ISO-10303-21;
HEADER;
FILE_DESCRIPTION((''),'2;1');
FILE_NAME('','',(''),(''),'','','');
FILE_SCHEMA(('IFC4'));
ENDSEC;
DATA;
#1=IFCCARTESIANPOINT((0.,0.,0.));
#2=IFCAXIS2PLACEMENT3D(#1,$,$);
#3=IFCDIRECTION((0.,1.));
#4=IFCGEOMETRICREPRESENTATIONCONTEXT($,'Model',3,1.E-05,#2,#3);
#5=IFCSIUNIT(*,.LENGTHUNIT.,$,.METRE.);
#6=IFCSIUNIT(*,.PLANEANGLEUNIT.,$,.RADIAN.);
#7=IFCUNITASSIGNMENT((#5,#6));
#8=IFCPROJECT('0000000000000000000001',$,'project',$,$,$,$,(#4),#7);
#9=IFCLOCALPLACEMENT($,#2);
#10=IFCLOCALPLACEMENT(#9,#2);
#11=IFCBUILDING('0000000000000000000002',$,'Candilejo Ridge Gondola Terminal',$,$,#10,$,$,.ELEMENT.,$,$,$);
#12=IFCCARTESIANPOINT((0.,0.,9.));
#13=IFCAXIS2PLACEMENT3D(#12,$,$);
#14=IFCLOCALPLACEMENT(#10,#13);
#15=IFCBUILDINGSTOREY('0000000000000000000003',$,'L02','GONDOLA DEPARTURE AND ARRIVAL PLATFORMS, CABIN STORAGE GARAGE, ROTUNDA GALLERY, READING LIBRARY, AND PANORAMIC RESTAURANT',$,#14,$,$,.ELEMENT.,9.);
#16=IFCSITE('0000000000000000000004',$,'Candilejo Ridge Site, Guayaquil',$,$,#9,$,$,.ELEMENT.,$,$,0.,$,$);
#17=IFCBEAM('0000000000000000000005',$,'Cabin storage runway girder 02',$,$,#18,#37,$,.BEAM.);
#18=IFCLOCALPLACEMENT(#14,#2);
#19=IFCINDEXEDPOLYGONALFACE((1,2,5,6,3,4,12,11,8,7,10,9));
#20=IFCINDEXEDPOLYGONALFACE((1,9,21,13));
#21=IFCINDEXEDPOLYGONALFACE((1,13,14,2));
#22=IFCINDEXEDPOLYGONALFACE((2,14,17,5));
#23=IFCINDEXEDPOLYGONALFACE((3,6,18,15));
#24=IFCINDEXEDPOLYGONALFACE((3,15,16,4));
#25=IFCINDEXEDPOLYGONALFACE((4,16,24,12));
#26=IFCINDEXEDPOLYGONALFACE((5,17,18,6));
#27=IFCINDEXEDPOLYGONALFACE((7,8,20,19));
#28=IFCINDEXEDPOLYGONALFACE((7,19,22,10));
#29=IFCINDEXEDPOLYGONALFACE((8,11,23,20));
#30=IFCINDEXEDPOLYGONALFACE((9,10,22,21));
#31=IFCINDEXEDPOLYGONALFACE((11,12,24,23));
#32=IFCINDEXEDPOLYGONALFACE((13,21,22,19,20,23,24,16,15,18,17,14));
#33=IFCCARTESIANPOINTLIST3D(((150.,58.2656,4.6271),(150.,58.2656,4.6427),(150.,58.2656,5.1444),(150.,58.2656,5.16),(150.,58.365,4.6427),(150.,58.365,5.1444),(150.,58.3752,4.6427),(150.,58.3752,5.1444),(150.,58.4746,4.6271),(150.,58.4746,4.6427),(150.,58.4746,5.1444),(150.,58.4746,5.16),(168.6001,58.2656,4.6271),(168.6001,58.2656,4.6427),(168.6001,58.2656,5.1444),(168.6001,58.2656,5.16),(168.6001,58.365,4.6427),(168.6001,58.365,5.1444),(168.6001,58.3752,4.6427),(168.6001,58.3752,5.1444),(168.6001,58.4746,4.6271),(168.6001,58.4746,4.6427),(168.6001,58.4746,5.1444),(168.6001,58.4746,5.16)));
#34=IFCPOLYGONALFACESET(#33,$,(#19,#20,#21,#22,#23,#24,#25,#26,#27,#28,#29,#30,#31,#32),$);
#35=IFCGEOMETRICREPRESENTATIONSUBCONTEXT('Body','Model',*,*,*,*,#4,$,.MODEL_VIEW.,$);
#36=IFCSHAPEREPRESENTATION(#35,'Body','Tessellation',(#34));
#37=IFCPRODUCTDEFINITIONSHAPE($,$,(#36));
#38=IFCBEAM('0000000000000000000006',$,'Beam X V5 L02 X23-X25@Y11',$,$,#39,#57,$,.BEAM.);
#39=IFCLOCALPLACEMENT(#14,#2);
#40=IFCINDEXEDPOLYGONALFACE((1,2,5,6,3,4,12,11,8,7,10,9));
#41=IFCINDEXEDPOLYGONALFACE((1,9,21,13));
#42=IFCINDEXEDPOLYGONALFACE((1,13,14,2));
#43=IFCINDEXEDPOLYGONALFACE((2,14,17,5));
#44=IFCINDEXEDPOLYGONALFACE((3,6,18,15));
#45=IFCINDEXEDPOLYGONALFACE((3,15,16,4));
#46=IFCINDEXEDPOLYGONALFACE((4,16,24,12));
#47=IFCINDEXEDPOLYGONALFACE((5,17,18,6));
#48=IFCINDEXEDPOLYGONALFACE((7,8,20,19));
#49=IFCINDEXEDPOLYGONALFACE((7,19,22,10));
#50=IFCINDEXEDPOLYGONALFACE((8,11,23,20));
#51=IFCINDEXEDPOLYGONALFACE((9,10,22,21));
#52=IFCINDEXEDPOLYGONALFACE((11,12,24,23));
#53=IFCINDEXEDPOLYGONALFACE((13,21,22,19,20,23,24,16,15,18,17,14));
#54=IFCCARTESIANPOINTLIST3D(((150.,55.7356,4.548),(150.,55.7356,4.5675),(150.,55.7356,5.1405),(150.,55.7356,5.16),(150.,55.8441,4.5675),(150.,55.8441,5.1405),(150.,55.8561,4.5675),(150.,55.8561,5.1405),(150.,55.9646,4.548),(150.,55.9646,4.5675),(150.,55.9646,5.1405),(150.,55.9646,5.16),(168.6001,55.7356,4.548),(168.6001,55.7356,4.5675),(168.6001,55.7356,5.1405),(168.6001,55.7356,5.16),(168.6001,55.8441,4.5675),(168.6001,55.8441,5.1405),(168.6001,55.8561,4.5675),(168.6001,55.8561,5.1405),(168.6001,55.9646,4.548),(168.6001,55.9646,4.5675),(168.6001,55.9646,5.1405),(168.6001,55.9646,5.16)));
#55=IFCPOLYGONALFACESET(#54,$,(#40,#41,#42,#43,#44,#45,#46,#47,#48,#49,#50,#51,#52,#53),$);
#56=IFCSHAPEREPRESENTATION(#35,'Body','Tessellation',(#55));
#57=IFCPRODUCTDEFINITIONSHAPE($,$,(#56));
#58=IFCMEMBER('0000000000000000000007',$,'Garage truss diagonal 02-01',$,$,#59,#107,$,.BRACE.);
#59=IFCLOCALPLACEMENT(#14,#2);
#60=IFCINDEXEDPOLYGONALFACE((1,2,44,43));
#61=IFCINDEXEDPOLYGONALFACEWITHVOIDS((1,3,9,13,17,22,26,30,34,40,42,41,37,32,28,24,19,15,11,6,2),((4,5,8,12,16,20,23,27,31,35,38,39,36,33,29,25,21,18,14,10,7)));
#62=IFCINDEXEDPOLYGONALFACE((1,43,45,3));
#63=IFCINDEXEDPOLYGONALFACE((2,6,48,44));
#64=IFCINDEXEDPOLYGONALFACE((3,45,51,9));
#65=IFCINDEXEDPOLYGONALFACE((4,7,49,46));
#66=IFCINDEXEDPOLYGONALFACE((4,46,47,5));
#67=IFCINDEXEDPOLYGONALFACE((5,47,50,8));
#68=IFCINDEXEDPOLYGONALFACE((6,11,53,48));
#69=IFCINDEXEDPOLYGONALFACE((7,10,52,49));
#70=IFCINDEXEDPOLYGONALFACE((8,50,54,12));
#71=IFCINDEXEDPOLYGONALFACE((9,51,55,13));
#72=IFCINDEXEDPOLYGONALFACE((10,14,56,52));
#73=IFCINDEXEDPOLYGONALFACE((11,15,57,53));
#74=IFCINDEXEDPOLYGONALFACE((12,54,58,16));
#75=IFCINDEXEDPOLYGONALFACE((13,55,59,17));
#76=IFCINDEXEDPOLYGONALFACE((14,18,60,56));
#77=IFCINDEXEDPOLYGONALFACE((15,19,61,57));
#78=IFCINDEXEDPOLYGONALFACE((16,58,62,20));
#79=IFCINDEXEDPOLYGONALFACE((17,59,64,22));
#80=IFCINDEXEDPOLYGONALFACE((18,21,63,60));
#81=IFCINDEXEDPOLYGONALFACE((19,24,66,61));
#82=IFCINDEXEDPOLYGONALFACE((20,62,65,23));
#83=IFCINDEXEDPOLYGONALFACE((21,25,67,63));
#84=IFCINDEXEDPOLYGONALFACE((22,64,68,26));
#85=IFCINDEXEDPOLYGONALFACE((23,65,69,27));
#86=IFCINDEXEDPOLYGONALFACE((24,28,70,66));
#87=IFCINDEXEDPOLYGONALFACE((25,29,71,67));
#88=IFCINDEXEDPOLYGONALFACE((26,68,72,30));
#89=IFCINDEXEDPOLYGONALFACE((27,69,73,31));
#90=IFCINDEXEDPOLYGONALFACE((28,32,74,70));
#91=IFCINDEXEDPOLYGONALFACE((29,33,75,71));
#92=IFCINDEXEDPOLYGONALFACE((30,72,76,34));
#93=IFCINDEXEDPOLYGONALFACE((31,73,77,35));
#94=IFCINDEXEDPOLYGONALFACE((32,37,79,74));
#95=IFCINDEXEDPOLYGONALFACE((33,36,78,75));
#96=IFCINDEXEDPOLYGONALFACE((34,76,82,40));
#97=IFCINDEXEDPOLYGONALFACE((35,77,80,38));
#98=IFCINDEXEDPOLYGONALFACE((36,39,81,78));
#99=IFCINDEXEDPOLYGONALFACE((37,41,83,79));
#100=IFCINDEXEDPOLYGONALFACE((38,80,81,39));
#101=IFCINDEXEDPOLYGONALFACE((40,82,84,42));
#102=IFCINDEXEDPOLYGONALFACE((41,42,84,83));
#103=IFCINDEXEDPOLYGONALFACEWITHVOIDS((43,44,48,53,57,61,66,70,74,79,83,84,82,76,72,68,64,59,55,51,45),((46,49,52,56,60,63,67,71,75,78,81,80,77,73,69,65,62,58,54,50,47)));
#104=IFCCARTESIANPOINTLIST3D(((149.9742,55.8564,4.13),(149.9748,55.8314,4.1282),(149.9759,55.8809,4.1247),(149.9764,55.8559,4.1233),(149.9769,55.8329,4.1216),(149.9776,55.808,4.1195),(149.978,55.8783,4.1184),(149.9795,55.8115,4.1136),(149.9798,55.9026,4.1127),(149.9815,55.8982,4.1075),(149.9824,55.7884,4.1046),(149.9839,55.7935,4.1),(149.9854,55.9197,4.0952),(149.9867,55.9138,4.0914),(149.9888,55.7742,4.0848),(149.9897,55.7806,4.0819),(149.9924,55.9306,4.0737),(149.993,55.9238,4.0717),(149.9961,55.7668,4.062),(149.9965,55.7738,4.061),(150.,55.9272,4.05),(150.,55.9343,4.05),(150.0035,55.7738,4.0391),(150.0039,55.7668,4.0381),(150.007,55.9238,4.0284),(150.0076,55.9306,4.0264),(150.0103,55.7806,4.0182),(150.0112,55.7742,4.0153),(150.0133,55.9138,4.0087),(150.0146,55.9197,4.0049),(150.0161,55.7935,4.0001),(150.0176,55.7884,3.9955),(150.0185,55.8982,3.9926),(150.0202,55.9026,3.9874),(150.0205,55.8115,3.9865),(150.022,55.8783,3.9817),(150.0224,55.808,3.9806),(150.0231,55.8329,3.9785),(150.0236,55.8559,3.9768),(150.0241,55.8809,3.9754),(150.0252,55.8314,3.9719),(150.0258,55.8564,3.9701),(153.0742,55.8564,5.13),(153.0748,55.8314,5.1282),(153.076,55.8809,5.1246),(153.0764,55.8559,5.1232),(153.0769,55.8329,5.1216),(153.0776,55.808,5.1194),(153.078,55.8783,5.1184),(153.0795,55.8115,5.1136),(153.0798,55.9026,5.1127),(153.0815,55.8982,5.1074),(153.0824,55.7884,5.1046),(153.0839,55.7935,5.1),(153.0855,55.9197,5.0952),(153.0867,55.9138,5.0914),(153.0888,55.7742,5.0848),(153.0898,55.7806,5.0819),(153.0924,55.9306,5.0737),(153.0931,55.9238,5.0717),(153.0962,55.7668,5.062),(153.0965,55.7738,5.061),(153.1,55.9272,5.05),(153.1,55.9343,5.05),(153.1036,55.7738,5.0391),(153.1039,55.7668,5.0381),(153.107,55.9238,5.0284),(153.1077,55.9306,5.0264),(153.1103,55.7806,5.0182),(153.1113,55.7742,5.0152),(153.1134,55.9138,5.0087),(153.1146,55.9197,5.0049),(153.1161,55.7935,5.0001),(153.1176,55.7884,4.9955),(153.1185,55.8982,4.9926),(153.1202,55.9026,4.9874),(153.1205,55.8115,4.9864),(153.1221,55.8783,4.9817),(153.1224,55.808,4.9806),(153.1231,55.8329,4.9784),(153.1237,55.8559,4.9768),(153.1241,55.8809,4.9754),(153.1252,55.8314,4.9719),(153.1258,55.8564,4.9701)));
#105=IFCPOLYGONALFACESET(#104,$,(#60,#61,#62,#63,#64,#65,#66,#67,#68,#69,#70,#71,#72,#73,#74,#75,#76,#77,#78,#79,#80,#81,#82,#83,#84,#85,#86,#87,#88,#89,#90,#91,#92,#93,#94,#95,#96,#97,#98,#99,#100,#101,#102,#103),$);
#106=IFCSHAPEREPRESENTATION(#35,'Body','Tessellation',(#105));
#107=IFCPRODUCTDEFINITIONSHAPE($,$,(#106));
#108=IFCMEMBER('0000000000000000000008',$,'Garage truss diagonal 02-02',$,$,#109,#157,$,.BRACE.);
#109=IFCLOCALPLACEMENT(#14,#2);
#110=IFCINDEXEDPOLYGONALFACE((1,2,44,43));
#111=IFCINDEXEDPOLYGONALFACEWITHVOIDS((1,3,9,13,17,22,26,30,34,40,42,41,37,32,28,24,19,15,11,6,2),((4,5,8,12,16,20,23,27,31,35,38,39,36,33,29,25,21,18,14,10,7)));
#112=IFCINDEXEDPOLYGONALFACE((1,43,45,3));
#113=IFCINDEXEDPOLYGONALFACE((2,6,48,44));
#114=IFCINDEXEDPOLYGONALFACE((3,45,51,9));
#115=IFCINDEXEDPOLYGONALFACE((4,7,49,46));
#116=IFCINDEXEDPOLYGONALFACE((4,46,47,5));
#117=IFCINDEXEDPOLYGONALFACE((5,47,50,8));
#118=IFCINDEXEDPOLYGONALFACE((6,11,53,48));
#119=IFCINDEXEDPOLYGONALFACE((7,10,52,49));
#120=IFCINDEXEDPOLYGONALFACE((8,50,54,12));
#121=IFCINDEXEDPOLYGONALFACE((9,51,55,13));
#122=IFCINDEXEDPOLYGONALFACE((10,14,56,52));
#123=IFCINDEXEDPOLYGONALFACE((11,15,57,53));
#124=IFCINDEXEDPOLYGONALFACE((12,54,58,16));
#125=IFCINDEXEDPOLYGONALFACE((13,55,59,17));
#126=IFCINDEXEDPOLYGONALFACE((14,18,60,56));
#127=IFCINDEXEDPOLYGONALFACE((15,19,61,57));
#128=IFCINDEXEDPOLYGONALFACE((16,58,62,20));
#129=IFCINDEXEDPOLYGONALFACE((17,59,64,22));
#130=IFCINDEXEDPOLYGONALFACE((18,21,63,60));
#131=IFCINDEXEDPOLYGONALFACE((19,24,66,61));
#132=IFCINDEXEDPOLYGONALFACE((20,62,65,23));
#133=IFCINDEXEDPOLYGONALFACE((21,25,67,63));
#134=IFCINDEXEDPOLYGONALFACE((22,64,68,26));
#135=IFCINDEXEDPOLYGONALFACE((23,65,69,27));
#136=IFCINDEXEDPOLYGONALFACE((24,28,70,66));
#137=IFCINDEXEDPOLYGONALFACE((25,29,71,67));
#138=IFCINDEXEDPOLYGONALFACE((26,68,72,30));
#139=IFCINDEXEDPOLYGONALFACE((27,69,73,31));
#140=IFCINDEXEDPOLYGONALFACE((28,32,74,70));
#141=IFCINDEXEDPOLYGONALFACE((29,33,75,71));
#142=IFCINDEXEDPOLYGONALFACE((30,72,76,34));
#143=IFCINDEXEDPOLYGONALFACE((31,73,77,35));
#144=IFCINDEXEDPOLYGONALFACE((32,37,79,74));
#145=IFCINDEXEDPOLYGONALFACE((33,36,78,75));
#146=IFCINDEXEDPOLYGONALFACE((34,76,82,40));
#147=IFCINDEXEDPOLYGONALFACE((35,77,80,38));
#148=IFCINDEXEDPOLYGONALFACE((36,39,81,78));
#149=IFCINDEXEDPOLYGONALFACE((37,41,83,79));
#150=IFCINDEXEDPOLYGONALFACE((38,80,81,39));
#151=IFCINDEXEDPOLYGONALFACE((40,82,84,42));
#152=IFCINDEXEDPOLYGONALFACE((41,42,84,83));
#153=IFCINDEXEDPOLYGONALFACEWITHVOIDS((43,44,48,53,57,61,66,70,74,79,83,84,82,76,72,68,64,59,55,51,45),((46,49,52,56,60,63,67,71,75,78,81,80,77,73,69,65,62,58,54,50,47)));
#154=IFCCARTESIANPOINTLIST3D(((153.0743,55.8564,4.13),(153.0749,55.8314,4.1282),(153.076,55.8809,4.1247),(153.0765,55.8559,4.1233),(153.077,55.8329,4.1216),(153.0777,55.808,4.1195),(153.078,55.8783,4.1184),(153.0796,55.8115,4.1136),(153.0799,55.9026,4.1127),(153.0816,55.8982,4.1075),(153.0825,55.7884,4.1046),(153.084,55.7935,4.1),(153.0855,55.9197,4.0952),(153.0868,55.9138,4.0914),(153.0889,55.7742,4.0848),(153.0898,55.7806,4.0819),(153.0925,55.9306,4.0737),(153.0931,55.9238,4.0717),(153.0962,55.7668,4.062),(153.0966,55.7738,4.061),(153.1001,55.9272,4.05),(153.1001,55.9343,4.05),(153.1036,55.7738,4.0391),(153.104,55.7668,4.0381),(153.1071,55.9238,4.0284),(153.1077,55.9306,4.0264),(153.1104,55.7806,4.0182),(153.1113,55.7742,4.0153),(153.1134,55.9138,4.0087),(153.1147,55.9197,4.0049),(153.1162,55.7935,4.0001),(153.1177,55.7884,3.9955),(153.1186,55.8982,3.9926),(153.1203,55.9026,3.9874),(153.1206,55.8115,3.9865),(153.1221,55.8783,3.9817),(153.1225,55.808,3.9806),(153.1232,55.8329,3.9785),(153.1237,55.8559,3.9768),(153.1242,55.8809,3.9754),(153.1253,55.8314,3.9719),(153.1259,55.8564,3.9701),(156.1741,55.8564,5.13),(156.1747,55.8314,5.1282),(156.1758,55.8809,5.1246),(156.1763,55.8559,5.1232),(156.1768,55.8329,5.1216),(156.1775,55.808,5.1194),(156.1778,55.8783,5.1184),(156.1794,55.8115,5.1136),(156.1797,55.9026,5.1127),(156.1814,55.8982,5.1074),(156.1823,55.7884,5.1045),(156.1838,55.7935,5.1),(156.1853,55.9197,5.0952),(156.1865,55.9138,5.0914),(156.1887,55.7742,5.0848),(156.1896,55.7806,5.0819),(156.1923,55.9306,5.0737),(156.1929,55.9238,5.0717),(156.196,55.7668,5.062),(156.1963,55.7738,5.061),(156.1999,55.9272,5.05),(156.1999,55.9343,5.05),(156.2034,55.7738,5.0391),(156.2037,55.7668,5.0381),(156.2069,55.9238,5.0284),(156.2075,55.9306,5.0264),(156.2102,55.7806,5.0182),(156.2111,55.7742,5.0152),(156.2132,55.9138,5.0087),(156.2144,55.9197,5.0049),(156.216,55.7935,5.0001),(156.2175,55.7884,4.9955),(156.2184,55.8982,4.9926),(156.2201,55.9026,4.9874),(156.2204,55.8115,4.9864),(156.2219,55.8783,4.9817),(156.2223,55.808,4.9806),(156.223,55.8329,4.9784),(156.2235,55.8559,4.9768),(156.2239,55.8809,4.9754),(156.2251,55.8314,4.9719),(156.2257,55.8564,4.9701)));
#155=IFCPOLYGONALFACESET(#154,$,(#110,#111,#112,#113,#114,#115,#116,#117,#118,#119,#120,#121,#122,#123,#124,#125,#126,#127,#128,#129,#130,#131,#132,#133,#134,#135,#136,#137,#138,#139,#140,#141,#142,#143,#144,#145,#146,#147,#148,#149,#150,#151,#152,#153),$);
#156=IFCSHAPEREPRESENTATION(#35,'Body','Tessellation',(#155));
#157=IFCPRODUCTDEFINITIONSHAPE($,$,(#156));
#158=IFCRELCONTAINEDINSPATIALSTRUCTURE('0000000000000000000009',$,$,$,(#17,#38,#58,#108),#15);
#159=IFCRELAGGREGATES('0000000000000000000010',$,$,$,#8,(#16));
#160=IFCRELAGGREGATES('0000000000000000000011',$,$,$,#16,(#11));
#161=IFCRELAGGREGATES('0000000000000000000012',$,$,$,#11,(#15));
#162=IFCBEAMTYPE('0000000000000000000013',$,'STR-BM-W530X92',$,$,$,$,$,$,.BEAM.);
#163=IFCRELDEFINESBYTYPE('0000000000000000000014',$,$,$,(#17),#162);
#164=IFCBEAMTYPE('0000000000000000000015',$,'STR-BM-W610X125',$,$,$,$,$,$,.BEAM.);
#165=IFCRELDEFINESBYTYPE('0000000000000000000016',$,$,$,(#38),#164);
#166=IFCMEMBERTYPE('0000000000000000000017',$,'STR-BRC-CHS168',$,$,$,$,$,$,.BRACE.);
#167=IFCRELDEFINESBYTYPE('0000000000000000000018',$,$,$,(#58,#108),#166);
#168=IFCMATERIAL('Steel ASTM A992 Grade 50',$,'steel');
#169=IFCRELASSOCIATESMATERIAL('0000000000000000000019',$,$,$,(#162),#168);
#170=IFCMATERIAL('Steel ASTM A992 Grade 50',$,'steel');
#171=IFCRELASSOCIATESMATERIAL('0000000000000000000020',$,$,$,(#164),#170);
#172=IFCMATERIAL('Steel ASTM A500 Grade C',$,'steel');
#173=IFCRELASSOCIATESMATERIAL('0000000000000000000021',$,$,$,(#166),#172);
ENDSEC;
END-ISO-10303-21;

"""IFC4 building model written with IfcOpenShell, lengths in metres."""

from ifc_helpers import new_model, si_unit, direction, frame, origin, origin_2d, place, context, subcontext, project, spatial, hollow_circle, i_section, extrude, material, material_profile, profile_set, type_object, element, save


model = new_model("IFC4")

# Units and contexts
model_context = context("Model", 3, precision=1e-05, world=origin(), true_north=direction((0.0, 1.0)))
body_context = subcontext(model_context, "Body", "Model", "MODEL_VIEW")
ifc_project = project(units=[si_unit("LENGTHUNIT", "METRE"), si_unit("PLANEANGLEUNIT", "RADIAN")], contexts=[model_context])

# Site, building, storey
site_placement = place(None, origin())
site = spatial("IfcSite", under=ifc_project, at=site_placement, Name="Candilejo Ridge Site, Guayaquil", CompositionType="ELEMENT", RefElevation=0.0)
building_placement = place(site_placement, origin())
building = spatial("IfcBuilding", under=site, at=building_placement, Name="Candilejo Ridge Gondola Terminal", CompositionType="ELEMENT")
storey_placement = place(building_placement, frame((0.0, 0.0, 9.0)))
storey = spatial("IfcBuildingStorey", under=building, at=storey_placement, Name="L02", Description="GONDOLA DEPARTURE AND ARRIVAL PLATFORMS, CABIN STORAGE GARAGE, ROTUNDA GALLERY, READING LIBRARY, AND PANORAMIC RESTAURANT", CompositionType="ELEMENT", Elevation=9.0)

# Beams
ifc_material_1 = material(Name="Steel ASTM A992 Grade 50", Category="steel")
ifc_material_profile_1 = material_profile(ifc_material_1, i_section(OverallWidth=0.209, OverallDepth=0.533, WebThickness=0.0103, FlangeThickness=0.0156, at=origin_2d()))
ifc_profile_set_1 = profile_set([ifc_material_profile_1], Name="Steel ASTM A992 Grade 50")
beam_type_1 = type_object("IfcBeamType", Name="STR-BM-W530X92", PredefinedType="BEAM", material=ifc_profile_set_1)
beam_1_placement = place(storey_placement, frame((150.0, 58.3701, 4.8936), z_axis=(1.0, 0.0, 0.0), x_axis=(0.0, 1.0, 0.0)))
element("IfcBeam", 1, at=beam_1_placement, inside=storey, type_object=beam_type_1, Name="Cabin storage runway girder 02", PredefinedType="BEAM", context=body_context, shape_type="SweptSolid", body=[
    extrude(i_section(OverallWidth=0.209, OverallDepth=0.533, WebThickness=0.0103, FlangeThickness=0.0156, at=origin_2d()), origin(), (0.0, 0.0, 1.0), 18.6001),
])
ifc_material_2 = material(Name="Steel ASTM A992 Grade 50", Category="steel")
ifc_material_profile_2 = material_profile(ifc_material_2, i_section(OverallWidth=0.229, OverallDepth=0.6121, WebThickness=0.012, FlangeThickness=0.0195, at=origin_2d()))
ifc_profile_set_2 = profile_set([ifc_material_profile_2], Name="Steel ASTM A992 Grade 50")
beam_type_2 = type_object("IfcBeamType", Name="STR-BM-W610X125", PredefinedType="BEAM", material=ifc_profile_set_2)
beam_2_placement = place(storey_placement, frame((150.0, 55.8501, 4.854), z_axis=(1.0, 0.0, 0.0), x_axis=(0.0, 1.0, 0.0)))
element("IfcBeam", 2, at=beam_2_placement, inside=storey, type_object=beam_type_2, Name="Beam X V5 L02 X23-X25@Y11", PredefinedType="BEAM", context=body_context, shape_type="SweptSolid", body=[
    extrude(i_section(OverallWidth=0.229, OverallDepth=0.6121, WebThickness=0.012, FlangeThickness=0.0195, at=origin_2d()), origin(), (0.0, 0.0, 1.0), 18.6001),
])

# Members
ifc_material_3 = material(Name="Steel ASTM A500 Grade C", Category="steel")
ifc_material_profile_3 = material_profile(ifc_material_3, hollow_circle(Radius=0.0842, WallThickness=0.0071, at=origin_2d()))
ifc_profile_set_3 = profile_set([ifc_material_profile_3], Name="Steel ASTM A500 Grade C")
member_type_1 = type_object("IfcMemberType", Name="STR-BRC-CHS168", PredefinedType="BRACE", material=ifc_profile_set_3)
member_1_placement = place(storey_placement, frame((150.0, 55.8501, 4.05), z_axis=(0.951711, 0.0, 0.306994), x_axis=(0.0, 1.0, 0.0)))
element("IfcMember", 3, at=member_1_placement, inside=storey, type_object=member_type_1, Name="Garage truss diagonal 02-01", PredefinedType="BRACE", context=body_context, shape_type="SweptSolid", body=[
    extrude(hollow_circle(Radius=0.0842, WallThickness=0.0071, at=origin_2d()), origin(), (0.0, 0.0, 1.0), 3.2573),
])
member_2_placement = place(storey_placement, frame((153.1001, 55.8501, 4.05), z_axis=(0.951704, 0.0, 0.307016), x_axis=(0.0, 1.0, 0.0)))
element("IfcMember", 4, at=member_2_placement, inside=storey, type_object=member_type_1, Name="Garage truss diagonal 02-02", PredefinedType="BRACE", context=body_context, shape_type="SweptSolid", body=[
    extrude(hollow_circle(Radius=0.0842, WallThickness=0.0071, at=origin_2d()), origin(), (0.0, 0.0, 1.0), 3.2571),
])

save(model, "model.ifc")
